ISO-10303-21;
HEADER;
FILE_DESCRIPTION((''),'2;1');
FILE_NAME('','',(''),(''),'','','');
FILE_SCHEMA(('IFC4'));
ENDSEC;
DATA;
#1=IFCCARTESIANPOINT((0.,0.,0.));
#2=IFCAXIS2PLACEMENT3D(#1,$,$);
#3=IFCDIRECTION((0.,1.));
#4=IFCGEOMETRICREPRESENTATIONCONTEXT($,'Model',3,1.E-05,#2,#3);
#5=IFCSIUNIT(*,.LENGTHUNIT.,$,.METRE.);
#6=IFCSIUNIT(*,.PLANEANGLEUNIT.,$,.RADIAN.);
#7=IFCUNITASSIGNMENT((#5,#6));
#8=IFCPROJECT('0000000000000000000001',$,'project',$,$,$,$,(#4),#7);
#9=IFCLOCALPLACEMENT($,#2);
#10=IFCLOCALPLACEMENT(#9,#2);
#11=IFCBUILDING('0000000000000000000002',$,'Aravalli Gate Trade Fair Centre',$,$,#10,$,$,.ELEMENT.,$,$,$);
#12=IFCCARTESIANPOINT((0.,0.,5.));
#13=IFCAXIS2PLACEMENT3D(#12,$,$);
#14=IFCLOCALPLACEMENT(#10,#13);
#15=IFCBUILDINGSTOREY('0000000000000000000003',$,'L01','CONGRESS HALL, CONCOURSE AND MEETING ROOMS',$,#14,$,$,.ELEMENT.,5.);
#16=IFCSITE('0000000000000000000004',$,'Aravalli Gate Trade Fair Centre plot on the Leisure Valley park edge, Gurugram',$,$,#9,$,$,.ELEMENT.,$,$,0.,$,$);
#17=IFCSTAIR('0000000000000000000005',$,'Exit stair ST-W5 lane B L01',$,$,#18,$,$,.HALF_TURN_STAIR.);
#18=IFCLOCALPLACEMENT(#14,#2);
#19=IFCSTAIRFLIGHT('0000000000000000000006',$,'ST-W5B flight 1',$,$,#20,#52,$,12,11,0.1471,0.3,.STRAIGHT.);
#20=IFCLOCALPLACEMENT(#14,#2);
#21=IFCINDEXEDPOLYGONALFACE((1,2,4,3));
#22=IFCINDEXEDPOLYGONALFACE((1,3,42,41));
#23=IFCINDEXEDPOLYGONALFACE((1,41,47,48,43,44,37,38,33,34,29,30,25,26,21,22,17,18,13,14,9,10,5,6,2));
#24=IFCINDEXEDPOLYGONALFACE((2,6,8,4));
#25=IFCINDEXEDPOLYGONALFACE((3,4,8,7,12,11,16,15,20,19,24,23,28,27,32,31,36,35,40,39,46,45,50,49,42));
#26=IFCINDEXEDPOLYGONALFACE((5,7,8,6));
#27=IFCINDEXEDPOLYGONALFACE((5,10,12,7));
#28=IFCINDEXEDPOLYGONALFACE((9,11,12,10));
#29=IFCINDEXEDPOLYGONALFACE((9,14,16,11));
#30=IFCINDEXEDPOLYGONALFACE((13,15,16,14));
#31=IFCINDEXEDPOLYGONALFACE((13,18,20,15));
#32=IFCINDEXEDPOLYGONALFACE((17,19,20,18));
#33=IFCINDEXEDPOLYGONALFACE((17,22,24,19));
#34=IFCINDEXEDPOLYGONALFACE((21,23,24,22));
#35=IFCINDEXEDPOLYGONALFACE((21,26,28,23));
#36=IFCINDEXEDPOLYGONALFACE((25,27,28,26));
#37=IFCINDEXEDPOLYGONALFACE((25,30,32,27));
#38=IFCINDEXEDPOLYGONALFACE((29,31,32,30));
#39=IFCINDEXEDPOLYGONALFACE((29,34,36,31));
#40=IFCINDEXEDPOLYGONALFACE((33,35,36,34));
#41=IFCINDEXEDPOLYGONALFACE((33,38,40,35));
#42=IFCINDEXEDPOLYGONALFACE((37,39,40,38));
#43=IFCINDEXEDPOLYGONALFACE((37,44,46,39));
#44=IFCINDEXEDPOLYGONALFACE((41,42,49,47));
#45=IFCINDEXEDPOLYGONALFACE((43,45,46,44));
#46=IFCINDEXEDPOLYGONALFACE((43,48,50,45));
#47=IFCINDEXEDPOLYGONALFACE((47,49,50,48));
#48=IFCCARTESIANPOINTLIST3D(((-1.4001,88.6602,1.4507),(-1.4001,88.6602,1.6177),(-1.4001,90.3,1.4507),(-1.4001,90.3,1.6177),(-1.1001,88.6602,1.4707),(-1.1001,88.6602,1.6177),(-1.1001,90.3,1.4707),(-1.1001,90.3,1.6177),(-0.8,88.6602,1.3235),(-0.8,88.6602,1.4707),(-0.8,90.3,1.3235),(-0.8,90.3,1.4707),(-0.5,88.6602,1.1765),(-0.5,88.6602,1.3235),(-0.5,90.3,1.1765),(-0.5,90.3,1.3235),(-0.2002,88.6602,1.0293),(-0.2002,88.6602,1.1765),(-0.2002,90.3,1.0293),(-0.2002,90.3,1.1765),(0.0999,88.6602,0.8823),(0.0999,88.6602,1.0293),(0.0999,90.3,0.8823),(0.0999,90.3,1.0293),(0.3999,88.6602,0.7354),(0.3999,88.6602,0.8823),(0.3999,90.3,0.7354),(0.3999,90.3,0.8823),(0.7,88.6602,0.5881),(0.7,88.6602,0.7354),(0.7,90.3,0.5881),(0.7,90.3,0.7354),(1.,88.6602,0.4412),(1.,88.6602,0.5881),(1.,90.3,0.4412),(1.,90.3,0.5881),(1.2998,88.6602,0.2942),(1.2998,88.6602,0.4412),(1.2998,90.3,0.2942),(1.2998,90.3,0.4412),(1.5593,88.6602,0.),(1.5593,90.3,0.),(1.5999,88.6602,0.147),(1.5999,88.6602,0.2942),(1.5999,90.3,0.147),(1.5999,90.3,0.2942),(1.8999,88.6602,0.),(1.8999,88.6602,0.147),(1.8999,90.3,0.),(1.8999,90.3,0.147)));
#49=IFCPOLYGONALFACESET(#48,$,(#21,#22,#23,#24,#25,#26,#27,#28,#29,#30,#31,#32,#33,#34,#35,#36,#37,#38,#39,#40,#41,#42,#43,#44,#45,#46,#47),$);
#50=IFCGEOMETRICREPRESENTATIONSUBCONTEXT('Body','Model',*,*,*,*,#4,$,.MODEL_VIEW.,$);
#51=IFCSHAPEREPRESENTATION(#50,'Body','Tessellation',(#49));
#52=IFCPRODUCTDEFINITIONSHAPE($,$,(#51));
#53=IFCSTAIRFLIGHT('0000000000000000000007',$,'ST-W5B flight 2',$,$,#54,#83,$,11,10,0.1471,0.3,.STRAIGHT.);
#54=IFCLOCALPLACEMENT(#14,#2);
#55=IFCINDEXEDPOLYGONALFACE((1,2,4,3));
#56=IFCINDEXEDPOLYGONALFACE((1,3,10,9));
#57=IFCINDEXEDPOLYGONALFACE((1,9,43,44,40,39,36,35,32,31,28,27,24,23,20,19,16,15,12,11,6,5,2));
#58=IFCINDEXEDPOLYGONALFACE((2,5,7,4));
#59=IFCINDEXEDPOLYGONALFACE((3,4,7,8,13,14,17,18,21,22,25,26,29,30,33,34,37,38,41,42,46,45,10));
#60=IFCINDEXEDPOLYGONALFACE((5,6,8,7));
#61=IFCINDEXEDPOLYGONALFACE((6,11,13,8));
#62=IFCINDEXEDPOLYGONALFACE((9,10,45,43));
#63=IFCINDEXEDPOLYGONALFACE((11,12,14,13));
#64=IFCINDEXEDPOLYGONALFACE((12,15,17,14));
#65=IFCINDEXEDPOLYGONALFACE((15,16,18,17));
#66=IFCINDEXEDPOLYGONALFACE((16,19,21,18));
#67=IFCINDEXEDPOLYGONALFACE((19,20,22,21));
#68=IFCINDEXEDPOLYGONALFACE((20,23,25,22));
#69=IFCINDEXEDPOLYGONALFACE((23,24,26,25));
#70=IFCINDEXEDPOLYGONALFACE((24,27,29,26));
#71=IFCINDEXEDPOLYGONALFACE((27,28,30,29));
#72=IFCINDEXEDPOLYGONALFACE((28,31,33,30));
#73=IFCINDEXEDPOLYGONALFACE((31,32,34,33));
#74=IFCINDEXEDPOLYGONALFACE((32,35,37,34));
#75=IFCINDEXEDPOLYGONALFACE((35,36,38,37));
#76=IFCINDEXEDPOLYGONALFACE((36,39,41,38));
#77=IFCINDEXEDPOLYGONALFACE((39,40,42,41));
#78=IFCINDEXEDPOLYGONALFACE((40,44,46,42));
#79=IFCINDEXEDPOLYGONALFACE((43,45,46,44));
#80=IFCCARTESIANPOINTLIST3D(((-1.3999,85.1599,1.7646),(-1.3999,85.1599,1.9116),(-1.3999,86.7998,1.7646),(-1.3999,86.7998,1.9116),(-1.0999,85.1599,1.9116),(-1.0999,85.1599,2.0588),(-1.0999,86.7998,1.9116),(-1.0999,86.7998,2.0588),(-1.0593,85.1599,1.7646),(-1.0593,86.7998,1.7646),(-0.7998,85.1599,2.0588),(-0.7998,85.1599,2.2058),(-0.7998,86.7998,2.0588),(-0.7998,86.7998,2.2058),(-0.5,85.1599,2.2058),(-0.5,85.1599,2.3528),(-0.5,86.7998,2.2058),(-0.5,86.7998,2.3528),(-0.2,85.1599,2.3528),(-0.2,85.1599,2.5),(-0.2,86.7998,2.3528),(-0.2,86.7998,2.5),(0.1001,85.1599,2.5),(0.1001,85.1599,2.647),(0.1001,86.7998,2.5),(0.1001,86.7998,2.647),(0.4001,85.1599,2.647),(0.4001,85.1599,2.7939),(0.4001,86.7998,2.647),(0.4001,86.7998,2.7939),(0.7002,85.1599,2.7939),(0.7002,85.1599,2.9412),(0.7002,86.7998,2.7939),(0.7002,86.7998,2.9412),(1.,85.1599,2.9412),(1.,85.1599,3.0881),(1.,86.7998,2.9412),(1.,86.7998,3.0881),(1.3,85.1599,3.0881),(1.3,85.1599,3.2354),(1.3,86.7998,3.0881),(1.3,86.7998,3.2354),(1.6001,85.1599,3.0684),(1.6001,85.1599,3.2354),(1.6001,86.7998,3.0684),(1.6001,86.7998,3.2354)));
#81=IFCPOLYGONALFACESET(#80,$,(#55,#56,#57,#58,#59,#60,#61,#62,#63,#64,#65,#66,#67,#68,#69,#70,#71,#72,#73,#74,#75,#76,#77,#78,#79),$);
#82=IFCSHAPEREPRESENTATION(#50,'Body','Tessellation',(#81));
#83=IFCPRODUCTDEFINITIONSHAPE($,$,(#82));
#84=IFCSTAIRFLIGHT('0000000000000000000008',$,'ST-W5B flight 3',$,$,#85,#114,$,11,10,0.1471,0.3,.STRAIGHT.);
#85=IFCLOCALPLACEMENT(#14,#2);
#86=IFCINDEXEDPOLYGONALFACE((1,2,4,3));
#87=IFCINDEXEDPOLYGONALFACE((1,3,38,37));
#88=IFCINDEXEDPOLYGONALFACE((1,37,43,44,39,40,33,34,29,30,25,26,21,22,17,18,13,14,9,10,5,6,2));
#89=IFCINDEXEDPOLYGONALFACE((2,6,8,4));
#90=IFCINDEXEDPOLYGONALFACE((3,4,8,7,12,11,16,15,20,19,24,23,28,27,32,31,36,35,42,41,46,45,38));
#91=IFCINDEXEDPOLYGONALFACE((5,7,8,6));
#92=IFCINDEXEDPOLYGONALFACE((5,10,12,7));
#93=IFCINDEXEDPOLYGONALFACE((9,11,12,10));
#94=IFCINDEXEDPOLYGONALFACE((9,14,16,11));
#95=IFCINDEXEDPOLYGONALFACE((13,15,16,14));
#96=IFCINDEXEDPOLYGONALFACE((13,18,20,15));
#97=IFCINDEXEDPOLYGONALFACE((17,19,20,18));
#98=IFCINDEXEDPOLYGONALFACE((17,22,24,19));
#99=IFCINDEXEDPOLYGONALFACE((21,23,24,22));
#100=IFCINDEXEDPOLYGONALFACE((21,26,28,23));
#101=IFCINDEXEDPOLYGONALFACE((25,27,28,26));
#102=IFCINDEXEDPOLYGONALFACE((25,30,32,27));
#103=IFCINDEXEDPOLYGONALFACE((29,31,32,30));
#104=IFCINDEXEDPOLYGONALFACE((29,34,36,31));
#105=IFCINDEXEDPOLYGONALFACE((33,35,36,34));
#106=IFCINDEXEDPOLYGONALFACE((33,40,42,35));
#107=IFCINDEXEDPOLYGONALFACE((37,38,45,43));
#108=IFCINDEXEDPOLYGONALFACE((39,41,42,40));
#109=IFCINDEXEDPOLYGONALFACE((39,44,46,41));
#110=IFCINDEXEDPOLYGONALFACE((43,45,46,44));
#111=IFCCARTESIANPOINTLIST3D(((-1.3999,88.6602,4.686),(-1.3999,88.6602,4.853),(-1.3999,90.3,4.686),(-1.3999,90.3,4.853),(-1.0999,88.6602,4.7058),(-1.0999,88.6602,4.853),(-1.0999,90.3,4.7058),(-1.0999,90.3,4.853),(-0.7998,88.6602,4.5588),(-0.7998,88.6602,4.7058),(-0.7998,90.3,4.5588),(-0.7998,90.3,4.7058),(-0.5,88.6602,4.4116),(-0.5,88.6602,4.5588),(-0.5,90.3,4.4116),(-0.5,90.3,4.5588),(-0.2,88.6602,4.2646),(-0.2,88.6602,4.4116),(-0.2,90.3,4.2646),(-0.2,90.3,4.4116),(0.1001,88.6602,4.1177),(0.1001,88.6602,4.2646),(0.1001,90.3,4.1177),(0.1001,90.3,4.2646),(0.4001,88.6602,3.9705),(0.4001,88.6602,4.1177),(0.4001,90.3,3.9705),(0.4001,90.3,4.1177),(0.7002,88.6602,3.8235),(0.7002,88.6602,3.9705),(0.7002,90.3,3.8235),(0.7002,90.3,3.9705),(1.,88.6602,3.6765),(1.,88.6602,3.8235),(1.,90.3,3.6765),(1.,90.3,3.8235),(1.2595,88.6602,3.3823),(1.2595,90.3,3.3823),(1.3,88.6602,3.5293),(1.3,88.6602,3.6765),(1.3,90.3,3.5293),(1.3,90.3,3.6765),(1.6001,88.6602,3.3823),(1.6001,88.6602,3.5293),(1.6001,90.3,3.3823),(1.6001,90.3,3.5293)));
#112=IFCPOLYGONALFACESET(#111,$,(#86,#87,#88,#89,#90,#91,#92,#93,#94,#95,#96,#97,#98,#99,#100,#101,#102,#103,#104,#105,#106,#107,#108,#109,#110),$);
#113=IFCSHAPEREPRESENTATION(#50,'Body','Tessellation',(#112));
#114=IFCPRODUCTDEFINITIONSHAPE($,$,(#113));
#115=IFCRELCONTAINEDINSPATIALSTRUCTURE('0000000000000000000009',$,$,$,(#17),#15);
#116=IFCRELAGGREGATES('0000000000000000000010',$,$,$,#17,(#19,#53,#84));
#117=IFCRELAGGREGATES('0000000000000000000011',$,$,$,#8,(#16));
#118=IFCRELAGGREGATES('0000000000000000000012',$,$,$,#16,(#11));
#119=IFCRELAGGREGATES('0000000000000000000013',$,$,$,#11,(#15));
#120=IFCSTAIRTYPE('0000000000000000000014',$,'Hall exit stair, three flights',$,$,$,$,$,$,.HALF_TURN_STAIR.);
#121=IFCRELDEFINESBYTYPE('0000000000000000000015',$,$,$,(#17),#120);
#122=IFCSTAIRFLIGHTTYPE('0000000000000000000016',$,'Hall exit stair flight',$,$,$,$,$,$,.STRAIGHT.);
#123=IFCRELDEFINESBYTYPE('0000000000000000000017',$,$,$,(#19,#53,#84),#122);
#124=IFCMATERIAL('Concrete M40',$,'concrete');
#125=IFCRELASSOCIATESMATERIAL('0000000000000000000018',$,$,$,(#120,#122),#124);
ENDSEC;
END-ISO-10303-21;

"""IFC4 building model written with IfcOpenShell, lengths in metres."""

from ifc_helpers import new_model, si_unit, direction, frame, origin, place, context, subcontext, project, spatial, polyline, outline, extrude, material, type_object, element, aggregate, save


model = new_model("IFC4")

# Units and contexts
model_context = context("Model", 3, precision=1e-05, world=origin(), true_north=direction((0.0, 1.0)))
body_context = subcontext(model_context, "Body", "Model", "MODEL_VIEW")
ifc_project = project(units=[si_unit("LENGTHUNIT", "METRE"), si_unit("PLANEANGLEUNIT", "RADIAN")], contexts=[model_context])

# Site, building, storey
site_placement = place(None, origin())
site = spatial("IfcSite", under=ifc_project, at=site_placement, Name="Aravalli Gate Trade Fair Centre plot on the Leisure Valley park edge, Gurugram", CompositionType="ELEMENT", RefElevation=0.0)
building_placement = place(site_placement, origin())
building = spatial("IfcBuilding", under=site, at=building_placement, Name="Aravalli Gate Trade Fair Centre", CompositionType="ELEMENT")
storey_placement = place(building_placement, frame((0.0, 0.0, 5.0)))
storey = spatial("IfcBuildingStorey", under=building, at=storey_placement, Name="L01", Description="CONGRESS HALL, CONCOURSE AND MEETING ROOMS", CompositionType="ELEMENT", Elevation=5.0)

# Shared definitions
ifc_material_1 = material(Name="Concrete M40", Category="concrete")

# Stair, stair flights
stair_type = type_object("IfcStairType", Name="Hall exit stair, three flights", PredefinedType="HALF_TURN_STAIR", material=ifc_material_1)
stair_flight_type = type_object("IfcStairFlightType", Name="Hall exit stair flight", PredefinedType="STRAIGHT", material=ifc_material_1)
stair_1_placement = place(storey_placement, origin())
stair_1 = element("IfcStair", 1, at=stair_1_placement, inside=storey, type_object=stair_type, Name="Exit stair ST-W5 lane B L01", PredefinedType="HALF_TURN_STAIR")
stair_flight_1_placement = place(storey_placement, frame((1.8999, 89.48, 0.0), z_axis=(0.0, 0.0, 1.0), x_axis=(-1.0, 0.0, 0.0)))
stair_flight_1 = element("IfcStairFlight", 2, at=stair_flight_1_placement, type_object=stair_flight_type, Name="ST-W5B flight 1", NumberOfRisers=12, NumberOfTreads=11, PredefinedType="STRAIGHT", RiserHeight=0.1471, TreadLength=0.3, context=body_context, shape_type="SweptSolid", body=[
    extrude(outline(polyline([(0.0, 0.0), (0.0, 0.147), (0.3, 0.147), (0.3, 0.2942), (0.6001, 0.2942), (0.6001, 0.4412), (0.8999, 0.4412), (0.8999, 0.5881), (1.2, 0.5881), (1.2, 0.7354), (1.5, 0.7354), (1.5, 0.8823), (1.8, 0.8823), (1.8, 1.0293), (2.1001, 1.0293), (2.1001, 1.1765), (2.3999, 1.1765), (2.3999, 1.3235), (2.7, 1.3235), (2.7, 1.4707), (3.0, 1.4707), (3.0, 1.6177), (3.3, 1.6177), (3.3, 1.7646), (3.3, 1.4507), (0.3406, 0.0), (0.0, 0.0)])), frame((0.0, 0.8198, 0.0), z_axis=(0.0, -1.0, 0.0), x_axis=(1.0, 0.0, 0.0)), (0.0, 0.0, 1.0), 1.6399),
])
stair_flight_2_placement = place(storey_placement, frame((-1.3999, 85.98, 1.7646), z_axis=(0.0, 0.0, 1.0), x_axis=(1.0, 0.0, 0.0)))
stair_flight_2 = element("IfcStairFlight", 3, at=stair_flight_2_placement, type_object=stair_flight_type, Name="ST-W5B flight 2", NumberOfRisers=11, NumberOfTreads=10, PredefinedType="STRAIGHT", RiserHeight=0.1471, TreadLength=0.3, context=body_context, shape_type="SweptSolid", body=[
    extrude(outline(polyline([(0.0, 0.0), (0.0, 0.147), (0.3, 0.147), (0.3, 0.2942), (0.6001, 0.2942), (0.6001, 0.4412), (0.8999, 0.4412), (0.8999, 0.5881), (1.2, 0.5881), (1.2, 0.7354), (1.5, 0.7354), (1.5, 0.8823), (1.8, 0.8823), (1.8, 1.0293), (2.1001, 1.0293), (2.1001, 1.1765), (2.3999, 1.1765), (2.3999, 1.3235), (2.7, 1.3235), (2.7, 1.4707), (3.0, 1.4707), (3.0, 1.6177), (3.0, 1.3037), (0.3406, 0.0), (0.0, 0.0)])), frame((0.0, 0.8198, 0.0), z_axis=(0.0, -1.0, 0.0), x_axis=(1.0, 0.0, 0.0)), (0.0, 0.0, 1.0), 1.6399),
])
stair_flight_3_placement = place(storey_placement, frame((1.6001, 89.48, 3.3823), z_axis=(0.0, 0.0, 1.0), x_axis=(-1.0, 0.0, 0.0)))
stair_flight_3 = element("IfcStairFlight", 4, at=stair_flight_3_placement, type_object=stair_flight_type, Name="ST-W5B flight 3", NumberOfRisers=11, NumberOfTreads=10, PredefinedType="STRAIGHT", RiserHeight=0.1471, TreadLength=0.3, context=body_context, shape_type="SweptSolid", body=[
    extrude(outline(polyline([(0.0, 0.0), (0.0, 0.147), (0.3, 0.147), (0.3, 0.2942), (0.6001, 0.2942), (0.6001, 0.4412), (0.8999, 0.4412), (0.8999, 0.5881), (1.2, 0.5881), (1.2, 0.7354), (1.5, 0.7354), (1.5, 0.8823), (1.8, 0.8823), (1.8, 1.0293), (2.1001, 1.0293), (2.1001, 1.1765), (2.3999, 1.1765), (2.3999, 1.3235), (2.7, 1.3235), (2.7, 1.4707), (3.0, 1.4707), (3.0, 1.6177), (3.0, 1.3037), (0.3406, 0.0), (0.0, 0.0)])), frame((0.0, 0.8198, 0.0), z_axis=(0.0, -1.0, 0.0), x_axis=(1.0, 0.0, 0.0)), (0.0, 0.0, 1.0), 1.6399),
])
aggregate(stair_1, [stair_flight_1, stair_flight_2, stair_flight_3])

save(model, "model.ifc")
